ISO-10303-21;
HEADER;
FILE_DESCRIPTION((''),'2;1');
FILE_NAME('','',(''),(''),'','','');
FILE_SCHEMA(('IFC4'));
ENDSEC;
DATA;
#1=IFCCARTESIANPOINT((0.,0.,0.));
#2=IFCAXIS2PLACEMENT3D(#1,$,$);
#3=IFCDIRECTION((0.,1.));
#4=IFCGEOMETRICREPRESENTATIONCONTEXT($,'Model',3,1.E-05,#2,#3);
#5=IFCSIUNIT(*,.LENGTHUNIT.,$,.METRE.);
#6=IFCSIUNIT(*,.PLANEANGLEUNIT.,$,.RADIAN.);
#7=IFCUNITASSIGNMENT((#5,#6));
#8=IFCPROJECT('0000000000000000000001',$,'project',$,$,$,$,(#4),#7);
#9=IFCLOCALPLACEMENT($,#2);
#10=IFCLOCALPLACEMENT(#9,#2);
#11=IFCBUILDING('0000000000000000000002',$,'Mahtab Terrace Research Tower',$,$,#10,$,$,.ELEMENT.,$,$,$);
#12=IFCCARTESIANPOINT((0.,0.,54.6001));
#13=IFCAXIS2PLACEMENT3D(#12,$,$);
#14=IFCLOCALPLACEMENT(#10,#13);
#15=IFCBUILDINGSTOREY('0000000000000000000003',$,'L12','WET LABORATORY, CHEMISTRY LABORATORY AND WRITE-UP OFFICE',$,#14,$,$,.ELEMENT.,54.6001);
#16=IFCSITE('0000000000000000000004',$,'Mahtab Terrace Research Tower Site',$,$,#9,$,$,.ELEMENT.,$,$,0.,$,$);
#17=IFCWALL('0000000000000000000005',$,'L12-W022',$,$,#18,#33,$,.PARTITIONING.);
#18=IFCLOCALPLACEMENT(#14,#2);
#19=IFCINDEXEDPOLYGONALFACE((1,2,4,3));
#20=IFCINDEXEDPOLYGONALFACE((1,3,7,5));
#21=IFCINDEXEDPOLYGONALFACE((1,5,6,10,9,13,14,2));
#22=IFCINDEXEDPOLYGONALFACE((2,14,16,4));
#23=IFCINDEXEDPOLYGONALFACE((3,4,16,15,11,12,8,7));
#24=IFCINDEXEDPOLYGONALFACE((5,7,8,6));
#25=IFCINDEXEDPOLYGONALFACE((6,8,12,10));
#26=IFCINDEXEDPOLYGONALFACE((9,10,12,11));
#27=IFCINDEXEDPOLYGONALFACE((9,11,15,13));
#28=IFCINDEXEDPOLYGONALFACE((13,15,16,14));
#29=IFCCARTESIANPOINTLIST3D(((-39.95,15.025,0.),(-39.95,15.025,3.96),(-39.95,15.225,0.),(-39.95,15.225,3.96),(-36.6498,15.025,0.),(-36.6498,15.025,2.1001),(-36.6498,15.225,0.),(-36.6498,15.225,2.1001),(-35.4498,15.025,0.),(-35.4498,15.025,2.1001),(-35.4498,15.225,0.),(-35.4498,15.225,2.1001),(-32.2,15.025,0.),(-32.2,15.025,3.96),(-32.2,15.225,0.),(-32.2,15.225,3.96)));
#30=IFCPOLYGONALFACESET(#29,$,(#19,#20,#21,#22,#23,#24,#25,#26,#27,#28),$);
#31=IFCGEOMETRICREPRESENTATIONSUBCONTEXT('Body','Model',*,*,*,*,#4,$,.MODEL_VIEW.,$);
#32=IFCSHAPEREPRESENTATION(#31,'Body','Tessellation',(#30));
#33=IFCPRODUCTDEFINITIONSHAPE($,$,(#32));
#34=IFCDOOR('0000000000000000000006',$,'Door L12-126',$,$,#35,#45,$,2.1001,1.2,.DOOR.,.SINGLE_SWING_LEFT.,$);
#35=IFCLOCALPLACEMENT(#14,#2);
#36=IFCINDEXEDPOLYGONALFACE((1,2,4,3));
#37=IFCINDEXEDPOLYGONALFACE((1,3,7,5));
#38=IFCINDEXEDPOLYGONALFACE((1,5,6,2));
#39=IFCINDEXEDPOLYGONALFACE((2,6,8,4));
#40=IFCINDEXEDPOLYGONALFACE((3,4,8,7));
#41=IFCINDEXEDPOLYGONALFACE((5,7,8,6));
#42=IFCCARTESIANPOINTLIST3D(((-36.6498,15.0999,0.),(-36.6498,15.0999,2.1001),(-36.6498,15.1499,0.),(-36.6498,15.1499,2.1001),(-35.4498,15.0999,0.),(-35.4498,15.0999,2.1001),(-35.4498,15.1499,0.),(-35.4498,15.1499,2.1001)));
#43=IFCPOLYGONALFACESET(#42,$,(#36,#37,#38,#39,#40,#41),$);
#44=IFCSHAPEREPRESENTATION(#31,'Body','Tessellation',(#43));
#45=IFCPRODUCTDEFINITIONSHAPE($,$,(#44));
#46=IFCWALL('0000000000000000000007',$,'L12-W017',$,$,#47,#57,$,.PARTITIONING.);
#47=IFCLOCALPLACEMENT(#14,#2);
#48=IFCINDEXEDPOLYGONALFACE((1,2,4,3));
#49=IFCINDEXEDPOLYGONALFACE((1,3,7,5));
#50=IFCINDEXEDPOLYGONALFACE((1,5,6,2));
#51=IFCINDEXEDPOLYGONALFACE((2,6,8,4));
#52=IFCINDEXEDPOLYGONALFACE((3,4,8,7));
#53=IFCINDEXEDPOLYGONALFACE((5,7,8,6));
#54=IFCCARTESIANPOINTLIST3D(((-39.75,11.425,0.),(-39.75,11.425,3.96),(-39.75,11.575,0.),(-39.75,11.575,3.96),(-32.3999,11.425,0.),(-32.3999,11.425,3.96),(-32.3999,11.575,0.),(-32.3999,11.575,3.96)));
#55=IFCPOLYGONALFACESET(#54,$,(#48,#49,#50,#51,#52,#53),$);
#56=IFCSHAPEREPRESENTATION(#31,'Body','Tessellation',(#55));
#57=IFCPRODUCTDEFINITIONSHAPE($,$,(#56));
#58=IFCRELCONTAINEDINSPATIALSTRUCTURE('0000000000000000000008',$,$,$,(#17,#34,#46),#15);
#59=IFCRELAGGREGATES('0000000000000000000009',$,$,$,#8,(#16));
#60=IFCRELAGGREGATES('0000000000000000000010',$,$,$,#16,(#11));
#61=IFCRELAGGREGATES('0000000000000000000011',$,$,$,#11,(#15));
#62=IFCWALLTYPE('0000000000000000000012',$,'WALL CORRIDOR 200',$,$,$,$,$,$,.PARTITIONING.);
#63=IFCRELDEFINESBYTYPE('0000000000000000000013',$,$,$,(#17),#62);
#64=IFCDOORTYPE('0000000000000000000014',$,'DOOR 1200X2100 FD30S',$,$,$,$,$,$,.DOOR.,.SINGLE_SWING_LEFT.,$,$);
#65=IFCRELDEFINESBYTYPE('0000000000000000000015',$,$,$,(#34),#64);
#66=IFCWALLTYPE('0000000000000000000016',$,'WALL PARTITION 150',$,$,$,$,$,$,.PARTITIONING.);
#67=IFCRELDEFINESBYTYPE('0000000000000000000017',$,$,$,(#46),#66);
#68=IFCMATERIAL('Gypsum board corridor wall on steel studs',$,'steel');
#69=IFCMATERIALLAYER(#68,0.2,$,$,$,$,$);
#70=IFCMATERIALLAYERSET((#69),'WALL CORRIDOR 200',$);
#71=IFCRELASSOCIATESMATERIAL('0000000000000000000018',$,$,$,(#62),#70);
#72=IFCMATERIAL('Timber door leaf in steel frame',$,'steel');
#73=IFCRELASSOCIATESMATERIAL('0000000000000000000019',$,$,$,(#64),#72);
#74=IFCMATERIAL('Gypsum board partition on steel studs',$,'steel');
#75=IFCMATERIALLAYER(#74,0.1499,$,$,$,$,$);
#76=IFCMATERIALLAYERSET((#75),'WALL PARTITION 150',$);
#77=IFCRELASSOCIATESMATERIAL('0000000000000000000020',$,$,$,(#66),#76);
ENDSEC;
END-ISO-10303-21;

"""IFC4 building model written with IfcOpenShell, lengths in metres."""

from ifc_helpers import new_model, si_unit, direction, frame, frame_2d, origin, place, context, subcontext, project, spatial, rectangle, extrude, material, layer, layer_set, type_object, element, fill, save


model = new_model("IFC4")

# Units and contexts
model_context = context("Model", 3, precision=1e-05, world=origin(), true_north=direction((0.0, 1.0)))
body_context = subcontext(model_context, "Body", "Model", "MODEL_VIEW")
ifc_project = project(units=[si_unit("LENGTHUNIT", "METRE"), si_unit("PLANEANGLEUNIT", "RADIAN")], contexts=[model_context])

# Site, building, storey
site_placement = place(None, origin())
site = spatial("IfcSite", under=ifc_project, at=site_placement, Name="Mahtab Terrace Research Tower Site", CompositionType="ELEMENT", RefElevation=0.0)
building_placement = place(site_placement, origin())
building = spatial("IfcBuilding", under=site, at=building_placement, Name="Mahtab Terrace Research Tower", CompositionType="ELEMENT")
storey_placement = place(building_placement, frame((0.0, 0.0, 54.6001)))
storey = spatial("IfcBuildingStorey", under=building, at=storey_placement, Name="L12", Description="WET LABORATORY, CHEMISTRY LABORATORY AND WRITE-UP OFFICE", CompositionType="ELEMENT", Elevation=54.6001)

# Wall, opening, door
ifc_material_1 = material(Name="Gypsum board corridor wall on steel studs", Category="steel")
ifc_layer_1 = layer(ifc_material_1, 0.2)
ifc_layer_set_1 = layer_set([ifc_layer_1], Name="WALL CORRIDOR 200")
wall_type_1 = type_object("IfcWallType", Name="WALL CORRIDOR 200", PredefinedType="PARTITIONING", material=ifc_layer_set_1)
wall_1_placement = place(storey_placement, frame((-39.95, 15.125, 0.0), z_axis=(0.0, 0.0, 1.0), x_axis=(1.0, 0.0, 0.0)))
wall_1 = element("IfcWall", 1, at=wall_1_placement, inside=storey, type_object=wall_type_1, Name="L12-W022", PredefinedType="PARTITIONING", context=body_context, shape_type="SweptSolid", body=[
    extrude(rectangle(XDim=7.75, YDim=0.2, at=frame_2d((3.875, 0.0))), origin(), (0.0, 0.0, 1.0), 3.96),
])
opening_placement = place(wall_1_placement, frame((3.3, 0.0, 0.0)))
opening = element("IfcOpeningElement", 2, at=opening_placement, cuts=wall_1, PredefinedType="OPENING", context=body_context, shape_type="SweptSolid", body=[
    extrude(rectangle(XDim=1.2, YDim=2.1001, at=frame_2d((0.6001, 1.05))), frame((0.0, 0.1099, 0.0), z_axis=(0.0, -1.0, 0.0), x_axis=(1.0, 0.0, 0.0)), (0.0, 0.0, 1.0), 0.22),
])
ifc_material_2 = material(Name="Timber door leaf in steel frame", Category="steel")
door_type = type_object("IfcDoorType", Name="DOOR 1200X2100 FD30S", OperationType="SINGLE_SWING_LEFT", PredefinedType="DOOR", material=ifc_material_2)
door_placement = place(opening_placement, origin())
door = element("IfcDoor", 3, at=door_placement, inside=storey, type_object=door_type, Name="Door L12-126", OperationType="SINGLE_SWING_LEFT", OverallHeight=2.1001, OverallWidth=1.2, PredefinedType="DOOR", context=body_context, shape_type="SweptSolid", body=[
    extrude(rectangle(XDim=1.2, YDim=2.1001, at=frame_2d((0.6001, 1.05))), frame((0.0, 0.0249, 0.0), z_axis=(0.0, -1.0, 0.0), x_axis=(1.0, 0.0, 0.0)), (0.0, 0.0, 1.0), 0.05),
])
fill(opening, door)

# Wall
ifc_material_3 = material(Name="Gypsum board partition on steel studs", Category="steel")
ifc_layer_2 = layer(ifc_material_3, 0.1499)
ifc_layer_set_2 = layer_set([ifc_layer_2], Name="WALL PARTITION 150")
wall_type_2 = type_object("IfcWallType", Name="WALL PARTITION 150", PredefinedType="PARTITIONING", material=ifc_layer_set_2)
wall_2_placement = place(storey_placement, frame((-39.75, 11.5, 0.0), z_axis=(0.0, 0.0, 1.0), x_axis=(1.0, 0.0, 0.0)))
element("IfcWall", 4, at=wall_2_placement, inside=storey, type_object=wall_type_2, Name="L12-W017", PredefinedType="PARTITIONING", context=body_context, shape_type="SweptSolid", body=[
    extrude(rectangle(XDim=7.3501, YDim=0.1499, at=frame_2d((3.675, 0.0))), origin(), (0.0, 0.0, 1.0), 3.96),
])

save(model, "model.ifc")
